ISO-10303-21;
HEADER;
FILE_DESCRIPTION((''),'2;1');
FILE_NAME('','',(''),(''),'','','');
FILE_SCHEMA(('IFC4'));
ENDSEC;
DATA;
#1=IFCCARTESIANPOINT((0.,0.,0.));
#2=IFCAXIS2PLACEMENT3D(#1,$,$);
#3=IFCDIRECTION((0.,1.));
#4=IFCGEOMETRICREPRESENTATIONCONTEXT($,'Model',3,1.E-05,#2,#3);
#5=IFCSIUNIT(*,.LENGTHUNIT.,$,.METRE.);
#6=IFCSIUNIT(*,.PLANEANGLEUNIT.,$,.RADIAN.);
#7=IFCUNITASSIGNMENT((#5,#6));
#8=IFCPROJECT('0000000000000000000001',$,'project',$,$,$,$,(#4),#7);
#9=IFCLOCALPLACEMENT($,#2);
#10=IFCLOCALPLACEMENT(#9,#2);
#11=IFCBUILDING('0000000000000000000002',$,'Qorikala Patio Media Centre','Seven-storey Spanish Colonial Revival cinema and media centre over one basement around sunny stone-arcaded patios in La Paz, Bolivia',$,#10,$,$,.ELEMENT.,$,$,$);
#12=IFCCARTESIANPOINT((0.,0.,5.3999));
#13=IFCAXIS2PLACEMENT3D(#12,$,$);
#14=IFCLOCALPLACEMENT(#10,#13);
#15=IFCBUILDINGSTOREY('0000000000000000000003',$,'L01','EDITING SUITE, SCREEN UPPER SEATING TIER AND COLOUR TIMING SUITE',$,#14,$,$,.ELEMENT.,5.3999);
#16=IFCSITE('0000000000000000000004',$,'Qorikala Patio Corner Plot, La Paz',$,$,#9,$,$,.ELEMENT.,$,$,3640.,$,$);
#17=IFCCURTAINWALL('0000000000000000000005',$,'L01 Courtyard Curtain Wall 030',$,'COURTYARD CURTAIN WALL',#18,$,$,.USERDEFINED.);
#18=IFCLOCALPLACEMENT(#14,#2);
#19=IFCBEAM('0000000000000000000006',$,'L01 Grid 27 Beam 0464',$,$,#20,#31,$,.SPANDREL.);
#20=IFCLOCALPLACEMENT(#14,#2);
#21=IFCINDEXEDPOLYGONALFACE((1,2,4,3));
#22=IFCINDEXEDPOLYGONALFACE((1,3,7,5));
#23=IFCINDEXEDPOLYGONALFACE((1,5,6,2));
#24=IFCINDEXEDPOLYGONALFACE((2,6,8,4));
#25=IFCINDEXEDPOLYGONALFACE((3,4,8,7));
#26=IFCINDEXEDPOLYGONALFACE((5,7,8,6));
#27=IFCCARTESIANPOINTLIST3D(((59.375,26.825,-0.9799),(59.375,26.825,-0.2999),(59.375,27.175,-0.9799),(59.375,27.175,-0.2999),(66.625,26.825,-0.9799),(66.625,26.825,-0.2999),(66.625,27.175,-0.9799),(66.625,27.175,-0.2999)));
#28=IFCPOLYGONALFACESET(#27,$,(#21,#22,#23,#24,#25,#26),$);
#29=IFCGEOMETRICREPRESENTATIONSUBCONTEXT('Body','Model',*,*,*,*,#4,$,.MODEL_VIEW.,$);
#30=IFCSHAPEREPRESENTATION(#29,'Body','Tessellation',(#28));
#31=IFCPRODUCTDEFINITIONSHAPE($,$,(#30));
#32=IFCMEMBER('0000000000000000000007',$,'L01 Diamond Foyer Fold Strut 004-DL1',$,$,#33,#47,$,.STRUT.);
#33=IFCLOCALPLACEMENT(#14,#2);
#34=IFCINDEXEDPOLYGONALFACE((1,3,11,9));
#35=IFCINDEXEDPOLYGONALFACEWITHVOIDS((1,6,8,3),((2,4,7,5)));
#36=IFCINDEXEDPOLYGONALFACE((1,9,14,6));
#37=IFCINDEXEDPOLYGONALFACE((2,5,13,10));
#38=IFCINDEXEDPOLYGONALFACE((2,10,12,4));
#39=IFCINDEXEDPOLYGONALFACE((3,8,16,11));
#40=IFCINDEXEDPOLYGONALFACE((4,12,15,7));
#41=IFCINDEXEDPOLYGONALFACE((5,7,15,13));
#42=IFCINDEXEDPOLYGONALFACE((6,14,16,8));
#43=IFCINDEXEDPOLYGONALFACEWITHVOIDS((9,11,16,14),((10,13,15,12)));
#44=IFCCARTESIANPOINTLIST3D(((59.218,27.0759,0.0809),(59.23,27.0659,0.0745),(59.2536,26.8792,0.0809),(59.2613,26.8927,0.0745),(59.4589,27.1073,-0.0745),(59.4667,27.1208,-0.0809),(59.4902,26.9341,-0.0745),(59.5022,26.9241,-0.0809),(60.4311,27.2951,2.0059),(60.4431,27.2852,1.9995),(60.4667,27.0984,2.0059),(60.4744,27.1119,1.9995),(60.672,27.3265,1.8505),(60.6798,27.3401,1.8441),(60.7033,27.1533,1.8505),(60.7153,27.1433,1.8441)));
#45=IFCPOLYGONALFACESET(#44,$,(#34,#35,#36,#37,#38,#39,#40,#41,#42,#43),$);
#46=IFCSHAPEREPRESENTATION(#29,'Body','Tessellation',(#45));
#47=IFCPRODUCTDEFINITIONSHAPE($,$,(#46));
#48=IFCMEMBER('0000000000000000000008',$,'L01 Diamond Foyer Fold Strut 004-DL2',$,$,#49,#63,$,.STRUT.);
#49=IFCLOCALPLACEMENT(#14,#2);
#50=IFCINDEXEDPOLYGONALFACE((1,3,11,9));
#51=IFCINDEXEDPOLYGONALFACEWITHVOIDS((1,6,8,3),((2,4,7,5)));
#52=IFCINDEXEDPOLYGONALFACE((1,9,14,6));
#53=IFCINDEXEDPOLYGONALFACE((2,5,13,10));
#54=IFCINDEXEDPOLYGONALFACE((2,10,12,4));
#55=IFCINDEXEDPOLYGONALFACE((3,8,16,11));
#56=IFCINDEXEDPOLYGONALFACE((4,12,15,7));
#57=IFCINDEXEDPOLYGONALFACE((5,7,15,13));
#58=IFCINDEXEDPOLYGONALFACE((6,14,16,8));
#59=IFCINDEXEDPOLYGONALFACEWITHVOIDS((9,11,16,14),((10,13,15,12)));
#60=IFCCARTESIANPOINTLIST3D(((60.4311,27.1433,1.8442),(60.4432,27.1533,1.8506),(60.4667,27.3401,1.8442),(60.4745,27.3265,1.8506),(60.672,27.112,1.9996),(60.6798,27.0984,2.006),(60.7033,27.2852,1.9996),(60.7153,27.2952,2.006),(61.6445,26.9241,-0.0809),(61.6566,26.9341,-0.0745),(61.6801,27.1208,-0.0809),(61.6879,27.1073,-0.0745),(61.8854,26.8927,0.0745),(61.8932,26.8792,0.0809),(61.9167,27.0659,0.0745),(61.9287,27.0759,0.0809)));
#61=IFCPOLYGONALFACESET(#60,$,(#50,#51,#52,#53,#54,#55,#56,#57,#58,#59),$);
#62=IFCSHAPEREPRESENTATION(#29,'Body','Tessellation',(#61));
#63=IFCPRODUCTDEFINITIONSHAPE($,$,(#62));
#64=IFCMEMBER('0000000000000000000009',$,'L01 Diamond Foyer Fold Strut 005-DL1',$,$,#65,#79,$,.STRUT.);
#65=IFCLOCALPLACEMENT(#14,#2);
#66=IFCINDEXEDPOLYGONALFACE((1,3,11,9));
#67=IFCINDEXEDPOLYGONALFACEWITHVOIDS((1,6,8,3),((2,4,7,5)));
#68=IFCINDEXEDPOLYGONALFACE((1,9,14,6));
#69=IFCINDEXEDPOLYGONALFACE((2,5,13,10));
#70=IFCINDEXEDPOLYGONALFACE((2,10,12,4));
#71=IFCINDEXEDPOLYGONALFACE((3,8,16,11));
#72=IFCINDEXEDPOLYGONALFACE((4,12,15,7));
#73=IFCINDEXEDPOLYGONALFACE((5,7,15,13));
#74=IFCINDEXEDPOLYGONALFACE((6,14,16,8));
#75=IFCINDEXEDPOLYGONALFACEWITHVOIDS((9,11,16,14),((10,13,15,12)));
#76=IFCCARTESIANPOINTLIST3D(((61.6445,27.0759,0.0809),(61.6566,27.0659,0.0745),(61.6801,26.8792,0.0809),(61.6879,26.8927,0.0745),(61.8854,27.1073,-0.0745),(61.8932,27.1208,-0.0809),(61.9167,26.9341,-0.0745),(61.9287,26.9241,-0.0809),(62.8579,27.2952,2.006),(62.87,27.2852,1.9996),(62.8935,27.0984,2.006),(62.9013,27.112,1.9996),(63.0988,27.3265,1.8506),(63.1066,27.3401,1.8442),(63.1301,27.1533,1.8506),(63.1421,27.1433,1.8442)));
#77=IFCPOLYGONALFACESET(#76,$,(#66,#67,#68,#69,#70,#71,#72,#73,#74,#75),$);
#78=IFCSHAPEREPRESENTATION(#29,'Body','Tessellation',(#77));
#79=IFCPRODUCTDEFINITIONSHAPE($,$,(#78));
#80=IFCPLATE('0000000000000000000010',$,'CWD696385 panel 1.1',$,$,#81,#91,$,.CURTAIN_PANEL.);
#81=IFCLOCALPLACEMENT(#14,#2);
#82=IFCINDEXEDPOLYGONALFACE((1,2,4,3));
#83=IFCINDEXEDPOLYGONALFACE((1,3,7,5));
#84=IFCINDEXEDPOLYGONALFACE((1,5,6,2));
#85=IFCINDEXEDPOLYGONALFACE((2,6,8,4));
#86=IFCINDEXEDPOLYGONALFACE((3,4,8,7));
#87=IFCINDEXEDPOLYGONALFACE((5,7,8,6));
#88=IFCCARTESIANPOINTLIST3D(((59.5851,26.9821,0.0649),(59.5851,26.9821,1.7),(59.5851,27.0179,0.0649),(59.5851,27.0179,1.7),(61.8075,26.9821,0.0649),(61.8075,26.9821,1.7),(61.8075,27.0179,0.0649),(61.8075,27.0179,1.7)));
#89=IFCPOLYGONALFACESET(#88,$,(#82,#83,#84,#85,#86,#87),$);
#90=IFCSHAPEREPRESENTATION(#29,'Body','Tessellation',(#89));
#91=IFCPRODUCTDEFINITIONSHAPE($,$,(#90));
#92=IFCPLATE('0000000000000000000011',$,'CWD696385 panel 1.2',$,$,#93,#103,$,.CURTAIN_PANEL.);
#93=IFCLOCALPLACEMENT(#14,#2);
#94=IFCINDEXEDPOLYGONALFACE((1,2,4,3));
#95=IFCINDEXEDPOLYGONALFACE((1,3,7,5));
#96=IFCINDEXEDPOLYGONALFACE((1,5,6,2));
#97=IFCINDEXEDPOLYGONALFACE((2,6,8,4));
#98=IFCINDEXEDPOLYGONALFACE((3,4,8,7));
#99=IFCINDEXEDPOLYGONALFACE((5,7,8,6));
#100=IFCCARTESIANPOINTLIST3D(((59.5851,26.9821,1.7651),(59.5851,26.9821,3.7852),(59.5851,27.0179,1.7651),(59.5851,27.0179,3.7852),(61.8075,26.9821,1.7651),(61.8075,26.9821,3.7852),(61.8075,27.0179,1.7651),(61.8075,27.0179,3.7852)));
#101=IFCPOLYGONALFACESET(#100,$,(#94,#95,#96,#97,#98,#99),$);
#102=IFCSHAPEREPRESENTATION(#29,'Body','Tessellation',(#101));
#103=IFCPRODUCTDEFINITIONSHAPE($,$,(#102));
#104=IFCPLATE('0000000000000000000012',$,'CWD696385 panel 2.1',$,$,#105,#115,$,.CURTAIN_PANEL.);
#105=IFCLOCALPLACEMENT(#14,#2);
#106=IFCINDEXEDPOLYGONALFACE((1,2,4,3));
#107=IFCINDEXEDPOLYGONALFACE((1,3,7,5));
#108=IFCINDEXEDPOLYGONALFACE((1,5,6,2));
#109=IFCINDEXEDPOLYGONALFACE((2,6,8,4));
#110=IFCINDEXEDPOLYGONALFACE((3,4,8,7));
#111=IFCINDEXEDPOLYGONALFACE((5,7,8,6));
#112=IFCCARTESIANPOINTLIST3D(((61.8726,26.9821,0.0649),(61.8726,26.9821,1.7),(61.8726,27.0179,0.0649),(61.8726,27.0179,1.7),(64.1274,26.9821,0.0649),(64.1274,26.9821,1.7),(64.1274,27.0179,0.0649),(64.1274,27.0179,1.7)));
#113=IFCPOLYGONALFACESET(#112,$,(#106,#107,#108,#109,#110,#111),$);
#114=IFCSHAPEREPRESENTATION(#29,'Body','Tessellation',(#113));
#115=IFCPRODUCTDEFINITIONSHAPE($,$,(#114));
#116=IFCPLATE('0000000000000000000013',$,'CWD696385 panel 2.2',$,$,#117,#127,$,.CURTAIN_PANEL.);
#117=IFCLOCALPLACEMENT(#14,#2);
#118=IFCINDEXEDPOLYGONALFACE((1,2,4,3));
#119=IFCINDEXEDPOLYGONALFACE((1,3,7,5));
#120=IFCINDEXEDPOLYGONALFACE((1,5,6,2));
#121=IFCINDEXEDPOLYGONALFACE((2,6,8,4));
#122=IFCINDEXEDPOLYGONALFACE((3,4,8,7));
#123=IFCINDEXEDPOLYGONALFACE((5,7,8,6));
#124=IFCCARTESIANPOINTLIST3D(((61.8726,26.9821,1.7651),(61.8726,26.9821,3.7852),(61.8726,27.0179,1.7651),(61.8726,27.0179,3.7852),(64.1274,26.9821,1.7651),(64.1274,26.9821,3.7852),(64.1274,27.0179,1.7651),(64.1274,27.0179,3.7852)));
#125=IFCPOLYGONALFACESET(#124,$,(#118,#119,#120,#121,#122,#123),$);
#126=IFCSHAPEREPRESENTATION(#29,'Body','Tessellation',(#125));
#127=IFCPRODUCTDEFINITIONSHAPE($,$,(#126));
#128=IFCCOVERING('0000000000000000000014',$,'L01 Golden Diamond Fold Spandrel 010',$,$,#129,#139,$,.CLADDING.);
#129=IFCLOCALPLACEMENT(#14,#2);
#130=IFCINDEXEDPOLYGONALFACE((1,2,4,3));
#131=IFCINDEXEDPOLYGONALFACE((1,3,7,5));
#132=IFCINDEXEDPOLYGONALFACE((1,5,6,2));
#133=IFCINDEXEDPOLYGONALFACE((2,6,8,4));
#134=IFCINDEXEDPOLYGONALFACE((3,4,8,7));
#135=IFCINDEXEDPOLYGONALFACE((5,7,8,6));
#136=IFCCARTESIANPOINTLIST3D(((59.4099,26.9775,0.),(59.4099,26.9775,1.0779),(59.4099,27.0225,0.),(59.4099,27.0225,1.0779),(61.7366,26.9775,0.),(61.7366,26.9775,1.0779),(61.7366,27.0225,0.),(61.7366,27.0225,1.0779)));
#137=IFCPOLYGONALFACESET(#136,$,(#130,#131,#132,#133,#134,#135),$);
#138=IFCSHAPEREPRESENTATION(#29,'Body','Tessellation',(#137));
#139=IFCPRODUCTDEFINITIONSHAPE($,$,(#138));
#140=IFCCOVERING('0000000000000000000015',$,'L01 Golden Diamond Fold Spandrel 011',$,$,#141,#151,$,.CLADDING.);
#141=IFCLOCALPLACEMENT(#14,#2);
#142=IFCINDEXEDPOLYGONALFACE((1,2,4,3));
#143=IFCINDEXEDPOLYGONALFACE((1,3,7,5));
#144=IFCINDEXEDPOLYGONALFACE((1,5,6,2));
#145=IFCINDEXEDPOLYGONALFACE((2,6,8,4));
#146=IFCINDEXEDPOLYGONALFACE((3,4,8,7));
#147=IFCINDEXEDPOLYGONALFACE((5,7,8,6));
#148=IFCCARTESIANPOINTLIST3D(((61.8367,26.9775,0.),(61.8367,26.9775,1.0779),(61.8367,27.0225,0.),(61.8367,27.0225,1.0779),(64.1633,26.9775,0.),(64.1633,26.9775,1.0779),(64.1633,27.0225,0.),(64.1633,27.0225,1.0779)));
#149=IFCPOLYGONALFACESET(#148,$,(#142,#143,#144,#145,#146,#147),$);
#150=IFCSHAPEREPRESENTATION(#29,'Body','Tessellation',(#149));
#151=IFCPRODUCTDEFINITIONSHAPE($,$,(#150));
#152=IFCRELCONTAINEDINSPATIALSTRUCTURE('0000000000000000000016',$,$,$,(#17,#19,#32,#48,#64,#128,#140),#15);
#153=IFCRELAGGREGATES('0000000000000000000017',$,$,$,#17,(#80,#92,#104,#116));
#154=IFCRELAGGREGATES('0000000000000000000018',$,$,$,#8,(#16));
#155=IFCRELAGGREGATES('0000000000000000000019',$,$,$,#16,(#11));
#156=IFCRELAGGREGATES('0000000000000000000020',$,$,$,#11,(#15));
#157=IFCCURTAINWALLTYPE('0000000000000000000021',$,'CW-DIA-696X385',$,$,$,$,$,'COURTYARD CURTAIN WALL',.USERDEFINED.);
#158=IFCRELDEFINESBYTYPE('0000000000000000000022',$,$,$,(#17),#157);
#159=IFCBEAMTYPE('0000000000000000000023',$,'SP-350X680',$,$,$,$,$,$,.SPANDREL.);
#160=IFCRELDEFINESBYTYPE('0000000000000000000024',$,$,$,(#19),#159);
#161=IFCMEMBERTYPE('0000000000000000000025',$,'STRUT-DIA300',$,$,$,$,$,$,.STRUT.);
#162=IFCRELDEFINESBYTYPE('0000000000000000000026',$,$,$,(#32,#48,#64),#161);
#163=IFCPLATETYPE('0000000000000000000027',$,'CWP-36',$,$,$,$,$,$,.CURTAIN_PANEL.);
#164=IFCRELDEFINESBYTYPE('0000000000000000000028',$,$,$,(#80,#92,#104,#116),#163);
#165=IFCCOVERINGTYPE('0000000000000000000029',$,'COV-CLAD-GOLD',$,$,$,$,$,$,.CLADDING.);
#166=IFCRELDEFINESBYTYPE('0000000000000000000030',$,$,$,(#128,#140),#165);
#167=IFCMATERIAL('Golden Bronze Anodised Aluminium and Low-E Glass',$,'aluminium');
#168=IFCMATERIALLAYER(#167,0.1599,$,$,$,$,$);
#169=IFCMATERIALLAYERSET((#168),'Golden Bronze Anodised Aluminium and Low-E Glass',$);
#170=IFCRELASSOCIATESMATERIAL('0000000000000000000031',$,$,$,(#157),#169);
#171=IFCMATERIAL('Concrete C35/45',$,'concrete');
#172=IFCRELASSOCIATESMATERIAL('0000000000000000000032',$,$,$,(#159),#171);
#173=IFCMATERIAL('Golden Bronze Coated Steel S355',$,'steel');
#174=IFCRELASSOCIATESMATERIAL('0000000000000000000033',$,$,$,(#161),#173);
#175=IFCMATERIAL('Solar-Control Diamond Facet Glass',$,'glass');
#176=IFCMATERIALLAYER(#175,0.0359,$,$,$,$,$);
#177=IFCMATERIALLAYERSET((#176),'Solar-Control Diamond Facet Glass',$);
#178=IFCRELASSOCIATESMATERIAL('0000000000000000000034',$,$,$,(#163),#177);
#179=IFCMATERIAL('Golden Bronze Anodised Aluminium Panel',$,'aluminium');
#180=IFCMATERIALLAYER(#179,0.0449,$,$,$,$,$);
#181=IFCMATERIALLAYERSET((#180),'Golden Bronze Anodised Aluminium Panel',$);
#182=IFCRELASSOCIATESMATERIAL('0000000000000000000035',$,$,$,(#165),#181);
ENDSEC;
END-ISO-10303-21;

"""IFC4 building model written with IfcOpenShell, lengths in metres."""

from ifc_helpers import new_model, si_unit, direction, frame, origin, origin_2d, place, context, subcontext, project, spatial, rectangle, hollow_rectangle, extrude, material, layer, layer_set, material_profile, profile_set, type_object, element, aggregate, save


model = new_model("IFC4")

# Units and contexts
model_context = context("Model", 3, precision=1e-05, world=origin(), true_north=direction((0.0, 1.0)))
body_context = subcontext(model_context, "Body", "Model", "MODEL_VIEW")
ifc_project = project(units=[si_unit("LENGTHUNIT", "METRE"), si_unit("PLANEANGLEUNIT", "RADIAN")], contexts=[model_context])

# Site, building, storey
site_placement = place(None, origin())
site = spatial("IfcSite", under=ifc_project, at=site_placement, Name="Qorikala Patio Corner Plot, La Paz", CompositionType="ELEMENT", RefElevation=3640.0)
building_placement = place(site_placement, origin())
building = spatial("IfcBuilding", under=site, at=building_placement, Name="Qorikala Patio Media Centre", Description="Seven-storey Spanish Colonial Revival cinema and media centre over one basement around sunny stone-arcaded patios in La Paz, Bolivia", CompositionType="ELEMENT")
storey_placement = place(building_placement, frame((0.0, 0.0, 5.3999)))
storey = spatial("IfcBuildingStorey", under=building, at=storey_placement, Name="L01", Description="EDITING SUITE, SCREEN UPPER SEATING TIER AND COLOUR TIMING SUITE", CompositionType="ELEMENT", Elevation=5.3999)

# Shared definitions
ifc_material_1 = material(Name="Concrete C35/45", Category="concrete")

# Shared definitions
ifc_material_2 = material(Name="Golden Bronze Coated Steel S355", Category="steel")

# Curtain wall
ifc_material_3 = material(Name="Golden Bronze Anodised Aluminium and Low-E Glass", Category="aluminium")
ifc_layer_1 = layer(ifc_material_3, 0.1599)
ifc_layer_set_1 = layer_set([ifc_layer_1], Name="Golden Bronze Anodised Aluminium and Low-E Glass")
curtain_wall_type = type_object("IfcCurtainWallType", Name="CW-DIA-696X385", ElementType="COURTYARD CURTAIN WALL", PredefinedType="USERDEFINED", material=ifc_layer_set_1)
curtain_wall_placement = place(storey_placement, origin())
curtain_wall = element("IfcCurtainWall", 1, at=curtain_wall_placement, inside=storey, type_object=curtain_wall_type, Name="L01 Courtyard Curtain Wall 030", ObjectType="COURTYARD CURTAIN WALL", PredefinedType="USERDEFINED")

# Beam
ifc_material_profile_1 = material_profile(ifc_material_1, rectangle(XDim=0.3501, YDim=0.6799, at=origin_2d()), Name="RC 350x680")
ifc_profile_set_1 = profile_set([ifc_material_profile_1], Name="Concrete C35/45")
beam_type_1 = type_object("IfcBeamType", Name="SP-350X680", PredefinedType="SPANDREL", material=ifc_profile_set_1)
beam_1_placement = place(storey_placement, frame((59.375, 27.0, -0.6399), z_axis=(1.0, 0.0, 0.0), x_axis=(0.0, 1.0, 0.0)))
element("IfcBeam", 2, at=beam_1_placement, inside=storey, type_object=beam_type_1, Name="L01 Grid 27 Beam 0464", PredefinedType="SPANDREL", context=body_context, shape_type="SweptSolid", body=[
    extrude(rectangle(XDim=0.3501, YDim=0.6799, at=origin_2d()), origin(), (0.0, 0.0, 1.0), 7.25),
])

# Members
ifc_material_profile_2 = material_profile(ifc_material_2, hollow_rectangle(XDim=0.2, YDim=0.3, WallThickness=0.012, at=origin_2d()), Name="HSS300X200X12")
ifc_profile_set_2 = profile_set([ifc_material_profile_2], Name="Golden Bronze Coated Steel S355")
member_type_1 = type_object("IfcMemberType", Name="STRUT-DIA300", PredefinedType="STRUT", material=ifc_profile_set_2)
member_1_placement = place(storey_placement, frame((59.3601, 27.0, 0.0), z_axis=(0.530691, 0.095907, 0.842121), x_axis=(-0.17784, 0.984059, 0.0)))
element("IfcMember", 3, at=member_1_placement, inside=storey, type_object=member_type_1, Name="L01 Diamond Foyer Fold Strut 004-DL1", PredefinedType="STRUT", context=body_context, shape_type="SweptSolid", body=[
    extrude(hollow_rectangle(XDim=0.2, YDim=0.3, WallThickness=0.012, at=origin_2d()), origin(), (0.0, 0.0, 1.0), 2.2859),
])
for number, where, z_axis, x_axis, name in (
    (4, (61.7866, 27.0, 0.0), (-0.530768, 0.095901, 0.842074), (-0.177805, -0.984066, 0.0), "L01 Diamond Foyer Fold Strut 004-DL2"),
    (5, (61.7866, 27.0, 0.0), (0.530768, 0.095901, 0.842074), (-0.177805, 0.984066, 0.0), "L01 Diamond Foyer Fold Strut 005-DL1"),
):
    element("IfcMember", number, at=place(storey_placement, frame(where, z_axis=z_axis, x_axis=x_axis)), inside=storey, type_object=member_type_1, Name=name, PredefinedType="STRUT", context=body_context, shape_type="SweptSolid", body=[
        extrude(hollow_rectangle(XDim=0.2, YDim=0.3, WallThickness=0.012, at=origin_2d()), origin(), (0.0, 0.0, 1.0), 2.2861),
    ])

# Plates
ifc_material_4 = material(Name="Solar-Control Diamond Facet Glass", Category="glass")
ifc_layer_2 = layer(ifc_material_4, 0.0359)
ifc_layer_set_2 = layer_set([ifc_layer_2], Name="Solar-Control Diamond Facet Glass")
plate_type = type_object("IfcPlateType", Name="CWP-36", PredefinedType="CURTAIN_PANEL", material=ifc_layer_set_2)
plate_1_placement = place(storey_placement, frame((60.6963, 27.0, 0.0649), z_axis=(0.0, 0.0, 1.0), x_axis=(1.0, 0.0, 0.0)))
plate_1 = element("IfcPlate", 6, at=plate_1_placement, type_object=plate_type, Name="CWD696385 panel 1.1", PredefinedType="CURTAIN_PANEL", context=body_context, shape_type="SweptSolid", body=[
    extrude(rectangle(XDim=2.2224, YDim=0.0359, at=origin_2d()), origin(), (0.0, 0.0, 1.0), 1.635),
])
plate_2_placement = place(storey_placement, frame((60.6963, 27.0, 1.7651), z_axis=(0.0, 0.0, 1.0), x_axis=(1.0, 0.0, 0.0)))
plate_2 = element("IfcPlate", 7, at=plate_2_placement, type_object=plate_type, Name="CWD696385 panel 1.2", PredefinedType="CURTAIN_PANEL", context=body_context, shape_type="SweptSolid", body=[
    extrude(rectangle(XDim=2.2224, YDim=0.0359, at=origin_2d()), origin(), (0.0, 0.0, 1.0), 2.02),
])
plate_3_placement = place(storey_placement, frame((63.0, 27.0, 0.0649), z_axis=(0.0, 0.0, 1.0), x_axis=(1.0, 0.0, 0.0)))
plate_3 = element("IfcPlate", 8, at=plate_3_placement, type_object=plate_type, Name="CWD696385 panel 2.1", PredefinedType="CURTAIN_PANEL", context=body_context, shape_type="SweptSolid", body=[
    extrude(rectangle(XDim=2.2549, YDim=0.0359, at=origin_2d()), origin(), (0.0, 0.0, 1.0), 1.635),
])
plate_4_placement = place(storey_placement, frame((63.0, 27.0, 1.7651), z_axis=(0.0, 0.0, 1.0), x_axis=(1.0, 0.0, 0.0)))
plate_4 = element("IfcPlate", 9, at=plate_4_placement, type_object=plate_type, Name="CWD696385 panel 2.2", PredefinedType="CURTAIN_PANEL", context=body_context, shape_type="SweptSolid", body=[
    extrude(rectangle(XDim=2.2549, YDim=0.0359, at=origin_2d()), origin(), (0.0, 0.0, 1.0), 2.02),
])
aggregate(curtain_wall, [plate_1, plate_2, plate_3, plate_4])

# Coverings
ifc_material_5 = material(Name="Golden Bronze Anodised Aluminium Panel", Category="aluminium")
ifc_layer_3 = layer(ifc_material_5, 0.0449)
ifc_layer_set_3 = layer_set([ifc_layer_3], Name="Golden Bronze Anodised Aluminium Panel")
covering_type = type_object("IfcCoveringType", Name="COV-CLAD-GOLD", PredefinedType="CLADDING", material=ifc_layer_set_3)
for number, where, z_axis, x_axis, name in (
    (10, (60.5732, 27.0, 0.0), (0.0, 0.0, 1.0), (1.0, 0.0, 0.0), "L01 Golden Diamond Fold Spandrel 010"),
    (11, (63.0, 27.0, 0.0), (0.0, 0.0, 1.0), (1.0, 0.0, 0.0), "L01 Golden Diamond Fold Spandrel 011"),
):
    element("IfcCovering", number, at=place(storey_placement, frame(where, z_axis=z_axis, x_axis=x_axis)), inside=storey, type_object=covering_type, Name=name, PredefinedType="CLADDING", context=body_context, shape_type="SweptSolid", body=[
        extrude(rectangle(XDim=2.3267, YDim=0.0449, at=origin_2d()), origin(), (0.0, 0.0, 1.0), 1.0779),
    ])

save(model, "model.ifc")
